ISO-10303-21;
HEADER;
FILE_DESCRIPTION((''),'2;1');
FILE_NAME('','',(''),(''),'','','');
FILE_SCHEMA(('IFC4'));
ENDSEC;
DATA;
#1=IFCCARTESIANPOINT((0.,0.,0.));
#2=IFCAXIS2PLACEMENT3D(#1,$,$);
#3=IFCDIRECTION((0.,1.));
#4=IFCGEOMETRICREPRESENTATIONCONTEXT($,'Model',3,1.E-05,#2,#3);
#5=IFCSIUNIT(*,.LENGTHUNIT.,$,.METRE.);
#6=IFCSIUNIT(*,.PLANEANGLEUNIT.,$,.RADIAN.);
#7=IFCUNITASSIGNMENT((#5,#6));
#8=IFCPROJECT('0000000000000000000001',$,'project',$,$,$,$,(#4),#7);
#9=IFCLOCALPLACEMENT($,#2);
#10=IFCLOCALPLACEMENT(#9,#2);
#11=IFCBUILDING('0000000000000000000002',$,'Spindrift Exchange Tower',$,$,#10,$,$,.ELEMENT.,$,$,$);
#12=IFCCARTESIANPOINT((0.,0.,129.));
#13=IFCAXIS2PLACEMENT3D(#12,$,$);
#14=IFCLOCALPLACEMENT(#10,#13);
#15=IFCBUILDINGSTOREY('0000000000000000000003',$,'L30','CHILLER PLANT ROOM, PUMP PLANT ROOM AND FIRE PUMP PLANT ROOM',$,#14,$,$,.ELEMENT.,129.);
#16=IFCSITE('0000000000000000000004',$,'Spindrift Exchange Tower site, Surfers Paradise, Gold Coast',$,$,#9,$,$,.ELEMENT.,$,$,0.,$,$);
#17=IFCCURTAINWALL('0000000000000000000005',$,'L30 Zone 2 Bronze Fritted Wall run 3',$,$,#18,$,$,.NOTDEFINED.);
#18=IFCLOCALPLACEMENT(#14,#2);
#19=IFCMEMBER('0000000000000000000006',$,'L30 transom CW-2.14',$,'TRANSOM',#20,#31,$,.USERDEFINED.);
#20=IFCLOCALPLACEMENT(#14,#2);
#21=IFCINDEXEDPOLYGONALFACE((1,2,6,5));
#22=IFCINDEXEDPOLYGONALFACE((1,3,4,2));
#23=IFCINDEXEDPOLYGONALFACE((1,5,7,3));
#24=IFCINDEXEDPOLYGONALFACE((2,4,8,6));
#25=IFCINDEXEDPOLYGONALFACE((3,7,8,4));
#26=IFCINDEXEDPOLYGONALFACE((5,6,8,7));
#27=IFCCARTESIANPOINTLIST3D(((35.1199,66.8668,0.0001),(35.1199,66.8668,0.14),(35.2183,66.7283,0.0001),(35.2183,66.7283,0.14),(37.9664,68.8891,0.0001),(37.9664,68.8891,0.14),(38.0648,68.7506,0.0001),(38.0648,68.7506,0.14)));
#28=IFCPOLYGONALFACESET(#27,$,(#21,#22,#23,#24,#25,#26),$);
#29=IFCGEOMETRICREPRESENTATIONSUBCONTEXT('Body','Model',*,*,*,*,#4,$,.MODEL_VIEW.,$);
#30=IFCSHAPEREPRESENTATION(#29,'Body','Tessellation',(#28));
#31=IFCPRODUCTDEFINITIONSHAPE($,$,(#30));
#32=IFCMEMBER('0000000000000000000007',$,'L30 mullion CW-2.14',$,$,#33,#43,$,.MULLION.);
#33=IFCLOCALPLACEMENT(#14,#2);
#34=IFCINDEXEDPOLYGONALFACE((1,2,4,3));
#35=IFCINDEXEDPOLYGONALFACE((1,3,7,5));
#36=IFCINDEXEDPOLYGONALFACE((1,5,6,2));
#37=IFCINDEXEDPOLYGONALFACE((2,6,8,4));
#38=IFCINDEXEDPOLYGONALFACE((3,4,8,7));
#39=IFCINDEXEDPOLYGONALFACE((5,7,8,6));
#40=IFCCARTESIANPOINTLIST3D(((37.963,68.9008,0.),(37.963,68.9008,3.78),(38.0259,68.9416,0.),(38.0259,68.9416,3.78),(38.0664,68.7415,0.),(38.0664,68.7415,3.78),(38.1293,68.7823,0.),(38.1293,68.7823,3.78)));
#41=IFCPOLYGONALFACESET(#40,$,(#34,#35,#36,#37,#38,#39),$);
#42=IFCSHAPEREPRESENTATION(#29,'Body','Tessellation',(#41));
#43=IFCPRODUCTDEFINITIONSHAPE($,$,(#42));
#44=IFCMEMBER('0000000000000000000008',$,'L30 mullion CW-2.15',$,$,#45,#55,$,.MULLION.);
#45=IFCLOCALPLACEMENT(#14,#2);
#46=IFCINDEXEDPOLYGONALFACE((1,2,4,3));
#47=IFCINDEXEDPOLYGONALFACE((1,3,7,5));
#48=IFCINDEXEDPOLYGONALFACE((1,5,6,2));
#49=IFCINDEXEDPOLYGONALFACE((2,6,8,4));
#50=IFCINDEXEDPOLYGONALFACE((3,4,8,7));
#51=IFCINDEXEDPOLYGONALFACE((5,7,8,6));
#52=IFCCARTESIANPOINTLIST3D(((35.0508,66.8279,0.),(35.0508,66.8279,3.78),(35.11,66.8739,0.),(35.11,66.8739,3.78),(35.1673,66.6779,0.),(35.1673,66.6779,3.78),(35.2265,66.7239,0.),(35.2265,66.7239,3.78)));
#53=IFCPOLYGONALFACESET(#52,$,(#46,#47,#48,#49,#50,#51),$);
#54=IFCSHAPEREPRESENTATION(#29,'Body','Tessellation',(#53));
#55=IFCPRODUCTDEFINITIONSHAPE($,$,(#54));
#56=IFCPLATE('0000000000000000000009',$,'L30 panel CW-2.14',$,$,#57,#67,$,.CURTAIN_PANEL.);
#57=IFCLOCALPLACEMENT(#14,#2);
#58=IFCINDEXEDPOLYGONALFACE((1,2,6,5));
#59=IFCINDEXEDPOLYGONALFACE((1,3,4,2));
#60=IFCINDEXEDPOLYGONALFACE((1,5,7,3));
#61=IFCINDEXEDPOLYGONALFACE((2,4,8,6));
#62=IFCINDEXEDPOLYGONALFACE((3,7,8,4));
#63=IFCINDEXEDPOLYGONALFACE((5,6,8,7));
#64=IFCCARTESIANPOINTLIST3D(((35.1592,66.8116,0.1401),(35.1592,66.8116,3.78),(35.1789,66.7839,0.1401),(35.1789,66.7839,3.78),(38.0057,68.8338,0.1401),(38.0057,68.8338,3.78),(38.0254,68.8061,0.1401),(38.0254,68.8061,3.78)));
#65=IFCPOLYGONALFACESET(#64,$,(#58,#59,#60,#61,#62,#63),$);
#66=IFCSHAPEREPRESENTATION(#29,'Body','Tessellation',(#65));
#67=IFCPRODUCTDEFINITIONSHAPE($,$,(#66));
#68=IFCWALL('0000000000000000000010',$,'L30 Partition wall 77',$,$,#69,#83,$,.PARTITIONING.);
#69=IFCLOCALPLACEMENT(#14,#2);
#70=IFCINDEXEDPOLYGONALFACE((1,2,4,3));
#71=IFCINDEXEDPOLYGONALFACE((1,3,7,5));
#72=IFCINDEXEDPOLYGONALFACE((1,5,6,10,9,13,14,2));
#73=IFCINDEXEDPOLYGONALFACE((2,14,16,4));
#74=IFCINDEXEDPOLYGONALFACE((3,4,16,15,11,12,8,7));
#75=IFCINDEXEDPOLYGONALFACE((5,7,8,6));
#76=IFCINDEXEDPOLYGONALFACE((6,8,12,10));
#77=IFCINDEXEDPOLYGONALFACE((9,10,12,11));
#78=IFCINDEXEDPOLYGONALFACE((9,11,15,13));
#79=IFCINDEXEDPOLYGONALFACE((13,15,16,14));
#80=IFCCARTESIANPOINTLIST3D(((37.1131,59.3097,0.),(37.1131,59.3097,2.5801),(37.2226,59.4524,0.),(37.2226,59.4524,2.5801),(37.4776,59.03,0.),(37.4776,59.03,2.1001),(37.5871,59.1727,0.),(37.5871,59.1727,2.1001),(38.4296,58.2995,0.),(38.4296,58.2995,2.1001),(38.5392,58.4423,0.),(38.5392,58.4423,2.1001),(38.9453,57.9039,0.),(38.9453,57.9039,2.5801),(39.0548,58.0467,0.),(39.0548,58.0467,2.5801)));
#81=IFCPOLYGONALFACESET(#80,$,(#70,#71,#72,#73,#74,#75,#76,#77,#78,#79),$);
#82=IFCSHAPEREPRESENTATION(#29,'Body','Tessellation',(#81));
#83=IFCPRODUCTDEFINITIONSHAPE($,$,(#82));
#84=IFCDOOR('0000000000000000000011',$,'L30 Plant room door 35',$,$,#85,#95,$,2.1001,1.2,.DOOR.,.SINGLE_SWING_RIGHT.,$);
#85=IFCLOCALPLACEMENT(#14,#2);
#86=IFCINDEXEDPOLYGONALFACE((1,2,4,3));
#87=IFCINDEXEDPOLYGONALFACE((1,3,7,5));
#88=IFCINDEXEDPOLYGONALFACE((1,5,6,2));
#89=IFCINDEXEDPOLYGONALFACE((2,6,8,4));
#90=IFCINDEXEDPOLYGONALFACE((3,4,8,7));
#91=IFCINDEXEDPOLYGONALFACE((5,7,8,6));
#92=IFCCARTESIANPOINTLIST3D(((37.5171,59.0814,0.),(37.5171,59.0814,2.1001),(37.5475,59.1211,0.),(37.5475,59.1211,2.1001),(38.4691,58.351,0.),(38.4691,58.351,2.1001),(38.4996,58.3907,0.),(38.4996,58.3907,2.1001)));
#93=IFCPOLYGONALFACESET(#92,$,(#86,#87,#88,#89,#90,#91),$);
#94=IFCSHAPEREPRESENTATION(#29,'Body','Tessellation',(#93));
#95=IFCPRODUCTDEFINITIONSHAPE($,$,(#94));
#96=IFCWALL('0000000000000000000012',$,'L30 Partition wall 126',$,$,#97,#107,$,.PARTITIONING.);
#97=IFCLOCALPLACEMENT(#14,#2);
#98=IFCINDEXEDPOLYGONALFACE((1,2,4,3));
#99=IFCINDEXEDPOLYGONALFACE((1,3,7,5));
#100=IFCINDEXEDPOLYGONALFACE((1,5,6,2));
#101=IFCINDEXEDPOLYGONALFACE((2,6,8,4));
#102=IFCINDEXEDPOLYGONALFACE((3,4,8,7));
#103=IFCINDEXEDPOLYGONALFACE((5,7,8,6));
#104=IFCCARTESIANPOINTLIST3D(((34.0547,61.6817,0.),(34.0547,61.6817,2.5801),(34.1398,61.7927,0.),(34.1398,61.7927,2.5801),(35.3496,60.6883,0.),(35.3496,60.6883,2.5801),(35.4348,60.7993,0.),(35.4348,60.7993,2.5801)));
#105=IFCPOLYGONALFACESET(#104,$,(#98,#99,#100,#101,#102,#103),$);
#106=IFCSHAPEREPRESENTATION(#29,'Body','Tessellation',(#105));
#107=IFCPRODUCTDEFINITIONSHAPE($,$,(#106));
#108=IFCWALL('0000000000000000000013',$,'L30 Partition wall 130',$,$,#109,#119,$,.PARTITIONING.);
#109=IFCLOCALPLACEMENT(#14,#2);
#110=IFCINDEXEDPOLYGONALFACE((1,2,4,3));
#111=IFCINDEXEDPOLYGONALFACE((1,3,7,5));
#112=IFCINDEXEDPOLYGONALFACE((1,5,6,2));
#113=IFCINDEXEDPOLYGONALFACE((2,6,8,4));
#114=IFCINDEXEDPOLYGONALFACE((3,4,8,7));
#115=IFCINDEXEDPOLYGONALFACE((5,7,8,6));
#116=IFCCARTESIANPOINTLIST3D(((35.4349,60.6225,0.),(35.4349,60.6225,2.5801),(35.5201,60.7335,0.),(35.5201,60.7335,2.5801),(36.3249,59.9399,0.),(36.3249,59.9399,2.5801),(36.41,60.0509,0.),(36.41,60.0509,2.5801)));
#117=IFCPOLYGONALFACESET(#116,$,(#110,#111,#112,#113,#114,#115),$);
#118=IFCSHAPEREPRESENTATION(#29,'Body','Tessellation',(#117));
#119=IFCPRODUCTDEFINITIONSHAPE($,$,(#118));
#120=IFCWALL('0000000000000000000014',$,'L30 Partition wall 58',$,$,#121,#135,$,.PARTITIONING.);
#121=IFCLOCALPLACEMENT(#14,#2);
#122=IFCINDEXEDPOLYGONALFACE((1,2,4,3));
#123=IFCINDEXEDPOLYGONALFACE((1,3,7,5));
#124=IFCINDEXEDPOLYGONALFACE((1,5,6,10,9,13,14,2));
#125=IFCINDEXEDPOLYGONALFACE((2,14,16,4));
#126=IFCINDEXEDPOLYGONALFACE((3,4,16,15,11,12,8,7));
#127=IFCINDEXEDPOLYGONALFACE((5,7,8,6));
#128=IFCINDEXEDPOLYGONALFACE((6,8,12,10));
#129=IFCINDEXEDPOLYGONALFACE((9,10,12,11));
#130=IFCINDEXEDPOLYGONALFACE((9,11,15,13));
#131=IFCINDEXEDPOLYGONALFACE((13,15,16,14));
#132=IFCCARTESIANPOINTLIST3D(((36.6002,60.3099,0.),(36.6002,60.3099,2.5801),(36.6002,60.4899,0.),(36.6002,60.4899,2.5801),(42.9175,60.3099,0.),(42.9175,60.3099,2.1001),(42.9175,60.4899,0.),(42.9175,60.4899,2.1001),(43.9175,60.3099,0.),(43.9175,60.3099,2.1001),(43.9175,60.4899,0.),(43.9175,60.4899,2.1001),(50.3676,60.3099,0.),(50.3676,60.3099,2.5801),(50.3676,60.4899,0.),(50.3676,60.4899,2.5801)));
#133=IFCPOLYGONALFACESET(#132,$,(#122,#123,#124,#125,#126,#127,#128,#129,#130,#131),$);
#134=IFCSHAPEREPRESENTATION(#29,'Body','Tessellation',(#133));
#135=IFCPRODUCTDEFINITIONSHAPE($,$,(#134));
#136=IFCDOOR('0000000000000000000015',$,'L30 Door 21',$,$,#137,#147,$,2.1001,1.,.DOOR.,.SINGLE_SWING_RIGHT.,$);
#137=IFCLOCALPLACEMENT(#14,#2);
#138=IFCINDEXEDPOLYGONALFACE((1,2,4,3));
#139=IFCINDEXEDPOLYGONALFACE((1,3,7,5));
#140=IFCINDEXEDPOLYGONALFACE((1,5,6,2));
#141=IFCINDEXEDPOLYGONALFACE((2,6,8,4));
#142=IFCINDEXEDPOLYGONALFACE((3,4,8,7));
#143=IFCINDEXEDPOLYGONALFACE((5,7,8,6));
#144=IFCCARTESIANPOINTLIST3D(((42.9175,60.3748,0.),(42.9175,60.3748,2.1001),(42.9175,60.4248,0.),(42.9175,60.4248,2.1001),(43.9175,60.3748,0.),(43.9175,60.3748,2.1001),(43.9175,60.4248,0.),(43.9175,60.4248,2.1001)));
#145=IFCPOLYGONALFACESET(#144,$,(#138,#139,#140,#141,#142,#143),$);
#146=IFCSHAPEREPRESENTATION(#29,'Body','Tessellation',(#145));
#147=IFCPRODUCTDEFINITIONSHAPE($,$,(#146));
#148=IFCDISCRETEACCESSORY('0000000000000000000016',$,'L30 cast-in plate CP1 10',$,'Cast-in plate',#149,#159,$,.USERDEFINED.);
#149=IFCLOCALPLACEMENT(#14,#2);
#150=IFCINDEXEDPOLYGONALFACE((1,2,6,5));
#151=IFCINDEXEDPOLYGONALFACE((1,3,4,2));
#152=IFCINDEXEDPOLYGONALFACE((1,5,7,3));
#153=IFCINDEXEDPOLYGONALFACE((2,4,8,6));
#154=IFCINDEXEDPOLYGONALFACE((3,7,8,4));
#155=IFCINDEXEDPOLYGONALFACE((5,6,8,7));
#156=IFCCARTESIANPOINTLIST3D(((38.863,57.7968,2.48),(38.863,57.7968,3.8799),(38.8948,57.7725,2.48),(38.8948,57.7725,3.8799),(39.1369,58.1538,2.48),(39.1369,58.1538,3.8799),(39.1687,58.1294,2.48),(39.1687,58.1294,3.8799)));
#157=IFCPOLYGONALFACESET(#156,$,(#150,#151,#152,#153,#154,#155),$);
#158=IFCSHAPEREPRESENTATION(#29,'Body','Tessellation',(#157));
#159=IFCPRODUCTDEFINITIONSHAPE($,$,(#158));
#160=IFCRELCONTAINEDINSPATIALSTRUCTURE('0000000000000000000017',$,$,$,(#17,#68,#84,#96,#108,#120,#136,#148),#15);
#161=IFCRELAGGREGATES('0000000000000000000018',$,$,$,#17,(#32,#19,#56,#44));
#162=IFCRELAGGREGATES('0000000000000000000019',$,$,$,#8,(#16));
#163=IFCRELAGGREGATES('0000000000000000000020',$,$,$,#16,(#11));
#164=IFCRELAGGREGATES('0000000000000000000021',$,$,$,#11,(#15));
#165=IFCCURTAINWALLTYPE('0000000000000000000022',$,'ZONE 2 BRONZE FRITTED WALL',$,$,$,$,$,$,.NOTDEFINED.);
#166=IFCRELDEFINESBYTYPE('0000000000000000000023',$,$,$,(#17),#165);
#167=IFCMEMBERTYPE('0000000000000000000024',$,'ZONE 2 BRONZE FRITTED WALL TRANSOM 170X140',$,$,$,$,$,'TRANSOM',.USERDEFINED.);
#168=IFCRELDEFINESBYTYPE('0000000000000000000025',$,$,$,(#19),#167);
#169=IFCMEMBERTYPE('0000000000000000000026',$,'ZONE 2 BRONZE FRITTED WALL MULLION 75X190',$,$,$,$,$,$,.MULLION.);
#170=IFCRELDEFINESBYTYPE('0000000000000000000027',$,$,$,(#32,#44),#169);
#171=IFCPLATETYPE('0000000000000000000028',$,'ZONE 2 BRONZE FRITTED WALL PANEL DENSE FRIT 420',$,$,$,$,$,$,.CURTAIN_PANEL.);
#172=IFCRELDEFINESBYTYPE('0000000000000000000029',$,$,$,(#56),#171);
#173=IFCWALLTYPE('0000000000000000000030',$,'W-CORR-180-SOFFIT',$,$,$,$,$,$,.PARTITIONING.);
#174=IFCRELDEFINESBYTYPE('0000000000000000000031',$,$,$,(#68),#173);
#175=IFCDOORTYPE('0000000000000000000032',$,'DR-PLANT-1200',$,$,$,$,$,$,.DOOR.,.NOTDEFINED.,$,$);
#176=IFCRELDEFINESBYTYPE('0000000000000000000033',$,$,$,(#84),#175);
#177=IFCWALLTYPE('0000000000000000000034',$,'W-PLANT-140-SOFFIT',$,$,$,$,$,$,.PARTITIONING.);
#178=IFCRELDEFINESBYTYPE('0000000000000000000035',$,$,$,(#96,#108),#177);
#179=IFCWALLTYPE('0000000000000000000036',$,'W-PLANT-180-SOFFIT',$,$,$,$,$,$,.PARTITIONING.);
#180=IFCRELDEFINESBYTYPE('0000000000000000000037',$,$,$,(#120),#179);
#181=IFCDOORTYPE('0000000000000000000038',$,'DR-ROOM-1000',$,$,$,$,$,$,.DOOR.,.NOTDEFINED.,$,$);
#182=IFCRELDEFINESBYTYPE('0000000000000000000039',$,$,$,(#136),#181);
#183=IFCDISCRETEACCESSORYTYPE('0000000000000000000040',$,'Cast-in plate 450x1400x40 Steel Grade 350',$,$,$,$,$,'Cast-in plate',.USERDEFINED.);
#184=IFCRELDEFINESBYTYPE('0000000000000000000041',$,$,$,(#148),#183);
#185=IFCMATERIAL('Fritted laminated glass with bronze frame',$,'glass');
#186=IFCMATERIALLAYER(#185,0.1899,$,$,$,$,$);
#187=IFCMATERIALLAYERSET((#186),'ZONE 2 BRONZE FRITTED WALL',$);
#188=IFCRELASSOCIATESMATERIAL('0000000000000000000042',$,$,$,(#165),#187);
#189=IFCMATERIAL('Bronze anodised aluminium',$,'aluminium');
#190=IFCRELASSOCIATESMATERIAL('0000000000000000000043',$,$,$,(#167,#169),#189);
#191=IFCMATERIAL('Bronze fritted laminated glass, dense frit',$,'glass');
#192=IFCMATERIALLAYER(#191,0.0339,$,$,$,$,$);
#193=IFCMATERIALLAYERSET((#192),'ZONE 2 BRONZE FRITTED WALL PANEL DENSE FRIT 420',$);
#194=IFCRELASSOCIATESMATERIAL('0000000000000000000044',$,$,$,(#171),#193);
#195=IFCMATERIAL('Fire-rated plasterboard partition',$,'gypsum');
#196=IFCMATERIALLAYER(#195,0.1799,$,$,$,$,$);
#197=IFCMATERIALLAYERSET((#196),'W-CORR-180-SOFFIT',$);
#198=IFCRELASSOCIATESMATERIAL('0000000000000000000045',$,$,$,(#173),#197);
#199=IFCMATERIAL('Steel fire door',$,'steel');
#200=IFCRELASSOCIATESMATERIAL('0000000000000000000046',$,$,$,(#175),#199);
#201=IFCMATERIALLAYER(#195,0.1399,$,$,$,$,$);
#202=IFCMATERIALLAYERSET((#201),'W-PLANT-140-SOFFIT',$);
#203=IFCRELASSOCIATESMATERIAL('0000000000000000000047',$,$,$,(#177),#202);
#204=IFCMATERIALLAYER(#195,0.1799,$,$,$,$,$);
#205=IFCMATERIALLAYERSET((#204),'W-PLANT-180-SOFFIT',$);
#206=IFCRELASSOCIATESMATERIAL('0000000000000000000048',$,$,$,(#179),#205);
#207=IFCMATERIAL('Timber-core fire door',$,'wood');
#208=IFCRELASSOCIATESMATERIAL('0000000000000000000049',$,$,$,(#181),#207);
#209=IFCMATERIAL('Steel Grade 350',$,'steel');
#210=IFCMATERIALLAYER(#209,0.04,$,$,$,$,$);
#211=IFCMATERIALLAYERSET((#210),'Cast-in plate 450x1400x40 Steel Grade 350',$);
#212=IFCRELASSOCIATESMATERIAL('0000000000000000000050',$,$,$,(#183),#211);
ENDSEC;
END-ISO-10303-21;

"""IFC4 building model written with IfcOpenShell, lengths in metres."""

from ifc_helpers import new_model, si_unit, direction, frame, frame_2d, origin, origin_2d, place, context, subcontext, project, spatial, rectangle, extrude, source, transform, mapped, material, layer, layer_set, material_profile, profile_set, type_object, element, fill, aggregate, save


model = new_model("IFC4")

# Units and contexts
model_context = context("Model", 3, precision=1e-05, world=origin(), true_north=direction((0.0, 1.0)))
body_context = subcontext(model_context, "Body", "Model", "MODEL_VIEW")
ifc_project = project(units=[si_unit("LENGTHUNIT", "METRE"), si_unit("PLANEANGLEUNIT", "RADIAN")], contexts=[model_context])

# Site, building, storey
site_placement = place(None, origin())
site = spatial("IfcSite", under=ifc_project, at=site_placement, Name="Spindrift Exchange Tower site, Surfers Paradise, Gold Coast", CompositionType="ELEMENT", RefElevation=0.0)
building_placement = place(site_placement, origin())
building = spatial("IfcBuilding", under=site, at=building_placement, Name="Spindrift Exchange Tower", CompositionType="ELEMENT")
storey_placement = place(building_placement, frame((0.0, 0.0, 129.0)))
storey = spatial("IfcBuildingStorey", under=building, at=storey_placement, Name="L30", Description="CHILLER PLANT ROOM, PUMP PLANT ROOM AND FIRE PUMP PLANT ROOM", CompositionType="ELEMENT", Elevation=129.0)

# Shared definitions
ifc_material_1 = material(Name="Steel Grade 350", Category="steel")

# Curtain wall, members, plate
ifc_material_2 = material(Name="Fritted laminated glass with bronze frame", Category="glass")
ifc_layer_1 = layer(ifc_material_2, 0.1899)
ifc_layer_set_1 = layer_set([ifc_layer_1], Name="ZONE 2 BRONZE FRITTED WALL")
curtain_wall_type = type_object("IfcCurtainWallType", Name="ZONE 2 BRONZE FRITTED WALL", PredefinedType="NOTDEFINED", material=ifc_layer_set_1)
curtain_wall_placement = place(storey_placement, origin())
curtain_wall = element("IfcCurtainWall", 1, at=curtain_wall_placement, inside=storey, type_object=curtain_wall_type, Name="L30 Zone 2 Bronze Fritted Wall run 3", PredefinedType="NOTDEFINED")
ifc_material_3 = material(Name="Bronze anodised aluminium", Category="aluminium")
ifc_material_profile_1 = material_profile(ifc_material_3, rectangle(XDim=0.1699, YDim=0.1399, at=origin_2d()), Name="ZONE 2 BRONZE FRITTED WALL TRANSOM 170X140")
ifc_profile_set_1 = profile_set([ifc_material_profile_1], Name="Bronze anodised aluminium")
member_type_1 = type_object("IfcMemberType", Name="ZONE 2 BRONZE FRITTED WALL TRANSOM 170X140", ElementType="TRANSOM", PredefinedType="USERDEFINED", material=ifc_profile_set_1)
shared_shape_1 = source(origin(), body_context, "Body", "SweptSolid", [
    extrude(rectangle(XDim=0.1699, YDim=0.1399, at=origin_2d()), origin(), (0.0, 0.0, 1.0), 3.4917),
])
member_1_placement = place(storey_placement, frame((38.0156, 68.8198, 0.0701), z_axis=(-0.815214, -0.579159, 0.0), x_axis=(0.579159, -0.815214, 0.0)))
member_1 = element("IfcMember", 2, at=member_1_placement, type_object=member_type_1, Name="L30 transom CW-2.14", ObjectType="TRANSOM", PredefinedType="USERDEFINED", context=body_context, shape_type="MappedRepresentation", body=[
    mapped(shared_shape_1, transform((0.0, 0.0, 0.0), scale=1.0)),
])
ifc_material_profile_2 = material_profile(ifc_material_3, rectangle(XDim=0.075, YDim=0.1899, at=origin_2d()), Name="ZONE 2 BRONZE FRITTED WALL MULLION 75X190")
ifc_profile_set_2 = profile_set([ifc_material_profile_2], Name="Bronze anodised aluminium")
member_type_2 = type_object("IfcMemberType", Name="ZONE 2 BRONZE FRITTED WALL MULLION 75X190", PredefinedType="MULLION", material=ifc_profile_set_2)
shared_shape_2 = source(origin(), body_context, "Body", "SweptSolid", [
    extrude(rectangle(XDim=0.075, YDim=0.1899, at=origin_2d()), origin(), (0.0, 0.0, 1.0), 3.78),
])
member_2_placement = place(storey_placement, frame((38.0461, 68.8416, 0.0), z_axis=(0.0, 0.0, 1.0), x_axis=(-0.838914, -0.544264, 0.0)))
member_2 = element("IfcMember", 3, at=member_2_placement, type_object=member_type_2, Name="L30 mullion CW-2.14", PredefinedType="MULLION", context=body_context, shape_type="MappedRepresentation", body=[
    mapped(shared_shape_2, transform((0.0, 0.0, 0.0), scale=1.0)),
])
member_3_placement = place(storey_placement, frame((35.1387, 66.7759, 0.0), z_axis=(0.0, 0.0, 1.0), x_axis=(-0.789805, -0.613358, 0.0)))
member_3 = element("IfcMember", 4, at=member_3_placement, type_object=member_type_2, Name="L30 mullion CW-2.15", PredefinedType="MULLION", context=body_context, shape_type="MappedRepresentation", body=[
    mapped(shared_shape_2, transform((0.0, 0.0, 0.0), scale=1.0)),
])
ifc_material_4 = material(Name="Bronze fritted laminated glass, dense frit", Category="glass")
ifc_layer_2 = layer(ifc_material_4, 0.0339)
ifc_layer_set_2 = layer_set([ifc_layer_2], Name="ZONE 2 BRONZE FRITTED WALL PANEL DENSE FRIT 420")
plate_type = type_object("IfcPlateType", Name="ZONE 2 BRONZE FRITTED WALL PANEL DENSE FRIT 420", PredefinedType="CURTAIN_PANEL", material=ifc_layer_set_2)
shared_shape_3 = source(origin(), body_context, "Body", "SweptSolid", [
    extrude(rectangle(XDim=3.4917, YDim=0.0339, at=origin_2d()), origin(), (0.0, 0.0, 1.0), 3.6399),
])
plate_placement = place(storey_placement, frame((36.5923, 67.8088, 0.1401), z_axis=(0.0, 0.0, 1.0), x_axis=(-0.815224, -0.579146, 0.0)))
plate = element("IfcPlate", 5, at=plate_placement, type_object=plate_type, Name="L30 panel CW-2.14", PredefinedType="CURTAIN_PANEL", context=body_context, shape_type="MappedRepresentation", body=[
    mapped(shared_shape_3, transform((0.0, 0.0, 0.0), scale=1.0)),
])
aggregate(curtain_wall, [member_2, member_1, plate, member_3])

# Wall, opening, door
ifc_material_5 = material(Name="Fire-rated plasterboard partition", Category="gypsum")
ifc_layer_3 = layer(ifc_material_5, 0.1799)
ifc_layer_set_3 = layer_set([ifc_layer_3], Name="W-CORR-180-SOFFIT")
wall_type_1 = type_object("IfcWallType", Name="W-CORR-180-SOFFIT", PredefinedType="PARTITIONING", material=ifc_layer_set_3)
wall_1_placement = place(storey_placement, frame((37.1677, 59.3811, 0.0), z_axis=(0.0, 0.0, 1.0), x_axis=(0.793394, -0.608709, 0.0)))
wall_1 = element("IfcWall", 6, at=wall_1_placement, inside=storey, type_object=wall_type_1, Name="L30 Partition wall 77", PredefinedType="PARTITIONING", context=body_context, shape_type="SweptSolid", body=[
    extrude(rectangle(XDim=2.3093, YDim=0.1799, at=frame_2d((1.1548, 0.0))), origin(), (0.0, 0.0, 1.0), 2.5801),
])
opening_1_placement = place(wall_1_placement, frame((0.4595, 0.0, 0.0)))
opening_1 = element("IfcOpeningElement", 7, at=opening_1_placement, cuts=wall_1, PredefinedType="OPENING", context=body_context, shape_type="SweptSolid", body=[
    extrude(rectangle(XDim=1.2, YDim=2.1001, at=frame_2d((0.6001, 1.05))), frame((0.0, 0.0999, 0.0), z_axis=(0.0, -1.0, 0.0), x_axis=(1.0, 0.0, 0.0)), (0.0, 0.0, 1.0), 0.2),
])
ifc_material_6 = material(Name="Steel fire door", Category="steel")
door_type_1 = type_object("IfcDoorType", Name="DR-PLANT-1200", OperationType="NOTDEFINED", PredefinedType="DOOR", material=ifc_material_6)
shared_shape_4 = source(origin(), body_context, "Body", "SweptSolid", [
    extrude(rectangle(XDim=1.2, YDim=2.1001, at=frame_2d((0.6001, 1.05))), frame((0.0, 0.0249, 0.0), z_axis=(0.0, -1.0, 0.0), x_axis=(1.0, 0.0, 0.0)), (0.0, 0.0, 1.0), 0.05),
])
door_1_placement = place(opening_1_placement, origin())
door_1 = element("IfcDoor", 8, at=door_1_placement, inside=storey, type_object=door_type_1, Name="L30 Plant room door 35", OperationType="SINGLE_SWING_RIGHT", OverallHeight=2.1001, OverallWidth=1.2, PredefinedType="DOOR", context=body_context, shape_type="MappedRepresentation", body=[
    mapped(shared_shape_4, transform((0.0, 0.0, 0.0), scale=1.0)),
])
fill(opening_1, door_1)

# Walls
ifc_layer_4 = layer(ifc_material_5, 0.1399)
ifc_layer_set_4 = layer_set([ifc_layer_4], Name="W-PLANT-140-SOFFIT")
wall_type_2 = type_object("IfcWallType", Name="W-PLANT-140-SOFFIT", PredefinedType="PARTITIONING", material=ifc_layer_set_4)
wall_2_placement = place(storey_placement, frame((35.3921, 60.7439, 0.0), z_axis=(0.0, 0.0, 1.0), x_axis=(-0.793419, 0.608676, 0.0)))
element("IfcWall", 9, at=wall_2_placement, inside=storey, type_object=wall_type_2, Name="L30 Partition wall 126", PredefinedType="PARTITIONING", context=body_context, shape_type="SweptSolid", body=[
    extrude(rectangle(XDim=1.6321, YDim=0.1399, at=frame_2d((0.8159, 0.0))), origin(), (0.0, 0.0, 1.0), 2.5801),
])
wall_3_placement = place(storey_placement, frame((36.3674, 59.9954, 0.0), z_axis=(0.0, 0.0, 1.0), x_axis=(-0.793449, 0.608637, 0.0)))
element("IfcWall", 10, at=wall_3_placement, inside=storey, type_object=wall_type_2, Name="L30 Partition wall 130", PredefinedType="PARTITIONING", context=body_context, shape_type="SweptSolid", body=[
    extrude(rectangle(XDim=1.1216, YDim=0.1399, at=frame_2d((0.5608, 0.0))), origin(), (0.0, 0.0, 1.0), 2.5801),
])

# Wall, opening, door
ifc_layer_5 = layer(ifc_material_5, 0.1799)
ifc_layer_set_5 = layer_set([ifc_layer_5], Name="W-PLANT-180-SOFFIT")
wall_type_3 = type_object("IfcWallType", Name="W-PLANT-180-SOFFIT", PredefinedType="PARTITIONING", material=ifc_layer_set_5)
wall_4_placement = place(storey_placement, frame((36.6001, 60.3999, 0.0), z_axis=(0.0, 0.0, 1.0), x_axis=(1.0, 0.0, 0.0)))
wall_4 = element("IfcWall", 11, at=wall_4_placement, inside=storey, type_object=wall_type_3, Name="L30 Partition wall 58", PredefinedType="PARTITIONING", context=body_context, shape_type="SweptSolid", body=[
    extrude(rectangle(XDim=13.7673, YDim=0.1799, at=frame_2d((6.8838, 0.0))), origin(), (0.0, 0.0, 1.0), 2.5801),
])
opening_2_placement = place(wall_4_placement, frame((6.3174, 0.0, 0.0)))
opening_2 = element("IfcOpeningElement", 12, at=opening_2_placement, cuts=wall_4, PredefinedType="OPENING", context=body_context, shape_type="SweptSolid", body=[
    extrude(rectangle(XDim=1.0, YDim=2.1001, at=frame_2d((0.5, 1.05))), frame((0.0, 0.0999, 0.0), z_axis=(0.0, -1.0, 0.0), x_axis=(1.0, 0.0, 0.0)), (0.0, 0.0, 1.0), 0.2),
])
ifc_material_7 = material(Name="Timber-core fire door", Category="wood")
door_type_2 = type_object("IfcDoorType", Name="DR-ROOM-1000", OperationType="NOTDEFINED", PredefinedType="DOOR", material=ifc_material_7)
shared_shape_5 = source(origin(), body_context, "Body", "SweptSolid", [
    extrude(rectangle(XDim=1.0, YDim=2.1001, at=frame_2d((0.5, 1.05))), frame((0.0, 0.0249, 0.0), z_axis=(0.0, -1.0, 0.0), x_axis=(1.0, 0.0, 0.0)), (0.0, 0.0, 1.0), 0.05),
])
door_2_placement = place(opening_2_placement, origin())
door_2 = element("IfcDoor", 13, at=door_2_placement, inside=storey, type_object=door_type_2, Name="L30 Door 21", OperationType="SINGLE_SWING_RIGHT", OverallHeight=2.1001, OverallWidth=1.0, PredefinedType="DOOR", context=body_context, shape_type="MappedRepresentation", body=[
    mapped(shared_shape_5, transform((0.0, 0.0, 0.0), scale=1.0)),
])
fill(opening_2, door_2)

# Discrete accessory
ifc_layer_6 = layer(ifc_material_1, 0.04)
ifc_layer_set_6 = layer_set([ifc_layer_6], Name="Cast-in plate 450x1400x40 Steel Grade 350")
discrete_accessory_type_1 = type_object("IfcDiscreteAccessoryType", Name="Cast-in plate 450x1400x40 Steel Grade 350", ElementType="Cast-in plate", PredefinedType="USERDEFINED", material=ifc_layer_set_6)
shared_shape_6 = source(origin(), body_context, "Body", "SweptSolid", [
    extrude(rectangle(XDim=0.04, YDim=0.45, at=origin_2d()), origin(), (0.0, 0.0, 1.0), 1.3999),
])
discrete_accessory_1_placement = place(storey_placement, frame((39.0159, 57.9631, 2.48), z_axis=(0.0, 0.0, 1.0), x_axis=(-0.793353, 0.608761, 0.0)))
element("IfcDiscreteAccessory", 14, at=discrete_accessory_1_placement, inside=storey, type_object=discrete_accessory_type_1, Name="L30 cast-in plate CP1 10", ObjectType="Cast-in plate", PredefinedType="USERDEFINED", context=body_context, shape_type="MappedRepresentation", body=[
    mapped(shared_shape_6, transform((0.0, 0.0, 0.0), scale=1.0)),
])

save(model, "model.ifc")
